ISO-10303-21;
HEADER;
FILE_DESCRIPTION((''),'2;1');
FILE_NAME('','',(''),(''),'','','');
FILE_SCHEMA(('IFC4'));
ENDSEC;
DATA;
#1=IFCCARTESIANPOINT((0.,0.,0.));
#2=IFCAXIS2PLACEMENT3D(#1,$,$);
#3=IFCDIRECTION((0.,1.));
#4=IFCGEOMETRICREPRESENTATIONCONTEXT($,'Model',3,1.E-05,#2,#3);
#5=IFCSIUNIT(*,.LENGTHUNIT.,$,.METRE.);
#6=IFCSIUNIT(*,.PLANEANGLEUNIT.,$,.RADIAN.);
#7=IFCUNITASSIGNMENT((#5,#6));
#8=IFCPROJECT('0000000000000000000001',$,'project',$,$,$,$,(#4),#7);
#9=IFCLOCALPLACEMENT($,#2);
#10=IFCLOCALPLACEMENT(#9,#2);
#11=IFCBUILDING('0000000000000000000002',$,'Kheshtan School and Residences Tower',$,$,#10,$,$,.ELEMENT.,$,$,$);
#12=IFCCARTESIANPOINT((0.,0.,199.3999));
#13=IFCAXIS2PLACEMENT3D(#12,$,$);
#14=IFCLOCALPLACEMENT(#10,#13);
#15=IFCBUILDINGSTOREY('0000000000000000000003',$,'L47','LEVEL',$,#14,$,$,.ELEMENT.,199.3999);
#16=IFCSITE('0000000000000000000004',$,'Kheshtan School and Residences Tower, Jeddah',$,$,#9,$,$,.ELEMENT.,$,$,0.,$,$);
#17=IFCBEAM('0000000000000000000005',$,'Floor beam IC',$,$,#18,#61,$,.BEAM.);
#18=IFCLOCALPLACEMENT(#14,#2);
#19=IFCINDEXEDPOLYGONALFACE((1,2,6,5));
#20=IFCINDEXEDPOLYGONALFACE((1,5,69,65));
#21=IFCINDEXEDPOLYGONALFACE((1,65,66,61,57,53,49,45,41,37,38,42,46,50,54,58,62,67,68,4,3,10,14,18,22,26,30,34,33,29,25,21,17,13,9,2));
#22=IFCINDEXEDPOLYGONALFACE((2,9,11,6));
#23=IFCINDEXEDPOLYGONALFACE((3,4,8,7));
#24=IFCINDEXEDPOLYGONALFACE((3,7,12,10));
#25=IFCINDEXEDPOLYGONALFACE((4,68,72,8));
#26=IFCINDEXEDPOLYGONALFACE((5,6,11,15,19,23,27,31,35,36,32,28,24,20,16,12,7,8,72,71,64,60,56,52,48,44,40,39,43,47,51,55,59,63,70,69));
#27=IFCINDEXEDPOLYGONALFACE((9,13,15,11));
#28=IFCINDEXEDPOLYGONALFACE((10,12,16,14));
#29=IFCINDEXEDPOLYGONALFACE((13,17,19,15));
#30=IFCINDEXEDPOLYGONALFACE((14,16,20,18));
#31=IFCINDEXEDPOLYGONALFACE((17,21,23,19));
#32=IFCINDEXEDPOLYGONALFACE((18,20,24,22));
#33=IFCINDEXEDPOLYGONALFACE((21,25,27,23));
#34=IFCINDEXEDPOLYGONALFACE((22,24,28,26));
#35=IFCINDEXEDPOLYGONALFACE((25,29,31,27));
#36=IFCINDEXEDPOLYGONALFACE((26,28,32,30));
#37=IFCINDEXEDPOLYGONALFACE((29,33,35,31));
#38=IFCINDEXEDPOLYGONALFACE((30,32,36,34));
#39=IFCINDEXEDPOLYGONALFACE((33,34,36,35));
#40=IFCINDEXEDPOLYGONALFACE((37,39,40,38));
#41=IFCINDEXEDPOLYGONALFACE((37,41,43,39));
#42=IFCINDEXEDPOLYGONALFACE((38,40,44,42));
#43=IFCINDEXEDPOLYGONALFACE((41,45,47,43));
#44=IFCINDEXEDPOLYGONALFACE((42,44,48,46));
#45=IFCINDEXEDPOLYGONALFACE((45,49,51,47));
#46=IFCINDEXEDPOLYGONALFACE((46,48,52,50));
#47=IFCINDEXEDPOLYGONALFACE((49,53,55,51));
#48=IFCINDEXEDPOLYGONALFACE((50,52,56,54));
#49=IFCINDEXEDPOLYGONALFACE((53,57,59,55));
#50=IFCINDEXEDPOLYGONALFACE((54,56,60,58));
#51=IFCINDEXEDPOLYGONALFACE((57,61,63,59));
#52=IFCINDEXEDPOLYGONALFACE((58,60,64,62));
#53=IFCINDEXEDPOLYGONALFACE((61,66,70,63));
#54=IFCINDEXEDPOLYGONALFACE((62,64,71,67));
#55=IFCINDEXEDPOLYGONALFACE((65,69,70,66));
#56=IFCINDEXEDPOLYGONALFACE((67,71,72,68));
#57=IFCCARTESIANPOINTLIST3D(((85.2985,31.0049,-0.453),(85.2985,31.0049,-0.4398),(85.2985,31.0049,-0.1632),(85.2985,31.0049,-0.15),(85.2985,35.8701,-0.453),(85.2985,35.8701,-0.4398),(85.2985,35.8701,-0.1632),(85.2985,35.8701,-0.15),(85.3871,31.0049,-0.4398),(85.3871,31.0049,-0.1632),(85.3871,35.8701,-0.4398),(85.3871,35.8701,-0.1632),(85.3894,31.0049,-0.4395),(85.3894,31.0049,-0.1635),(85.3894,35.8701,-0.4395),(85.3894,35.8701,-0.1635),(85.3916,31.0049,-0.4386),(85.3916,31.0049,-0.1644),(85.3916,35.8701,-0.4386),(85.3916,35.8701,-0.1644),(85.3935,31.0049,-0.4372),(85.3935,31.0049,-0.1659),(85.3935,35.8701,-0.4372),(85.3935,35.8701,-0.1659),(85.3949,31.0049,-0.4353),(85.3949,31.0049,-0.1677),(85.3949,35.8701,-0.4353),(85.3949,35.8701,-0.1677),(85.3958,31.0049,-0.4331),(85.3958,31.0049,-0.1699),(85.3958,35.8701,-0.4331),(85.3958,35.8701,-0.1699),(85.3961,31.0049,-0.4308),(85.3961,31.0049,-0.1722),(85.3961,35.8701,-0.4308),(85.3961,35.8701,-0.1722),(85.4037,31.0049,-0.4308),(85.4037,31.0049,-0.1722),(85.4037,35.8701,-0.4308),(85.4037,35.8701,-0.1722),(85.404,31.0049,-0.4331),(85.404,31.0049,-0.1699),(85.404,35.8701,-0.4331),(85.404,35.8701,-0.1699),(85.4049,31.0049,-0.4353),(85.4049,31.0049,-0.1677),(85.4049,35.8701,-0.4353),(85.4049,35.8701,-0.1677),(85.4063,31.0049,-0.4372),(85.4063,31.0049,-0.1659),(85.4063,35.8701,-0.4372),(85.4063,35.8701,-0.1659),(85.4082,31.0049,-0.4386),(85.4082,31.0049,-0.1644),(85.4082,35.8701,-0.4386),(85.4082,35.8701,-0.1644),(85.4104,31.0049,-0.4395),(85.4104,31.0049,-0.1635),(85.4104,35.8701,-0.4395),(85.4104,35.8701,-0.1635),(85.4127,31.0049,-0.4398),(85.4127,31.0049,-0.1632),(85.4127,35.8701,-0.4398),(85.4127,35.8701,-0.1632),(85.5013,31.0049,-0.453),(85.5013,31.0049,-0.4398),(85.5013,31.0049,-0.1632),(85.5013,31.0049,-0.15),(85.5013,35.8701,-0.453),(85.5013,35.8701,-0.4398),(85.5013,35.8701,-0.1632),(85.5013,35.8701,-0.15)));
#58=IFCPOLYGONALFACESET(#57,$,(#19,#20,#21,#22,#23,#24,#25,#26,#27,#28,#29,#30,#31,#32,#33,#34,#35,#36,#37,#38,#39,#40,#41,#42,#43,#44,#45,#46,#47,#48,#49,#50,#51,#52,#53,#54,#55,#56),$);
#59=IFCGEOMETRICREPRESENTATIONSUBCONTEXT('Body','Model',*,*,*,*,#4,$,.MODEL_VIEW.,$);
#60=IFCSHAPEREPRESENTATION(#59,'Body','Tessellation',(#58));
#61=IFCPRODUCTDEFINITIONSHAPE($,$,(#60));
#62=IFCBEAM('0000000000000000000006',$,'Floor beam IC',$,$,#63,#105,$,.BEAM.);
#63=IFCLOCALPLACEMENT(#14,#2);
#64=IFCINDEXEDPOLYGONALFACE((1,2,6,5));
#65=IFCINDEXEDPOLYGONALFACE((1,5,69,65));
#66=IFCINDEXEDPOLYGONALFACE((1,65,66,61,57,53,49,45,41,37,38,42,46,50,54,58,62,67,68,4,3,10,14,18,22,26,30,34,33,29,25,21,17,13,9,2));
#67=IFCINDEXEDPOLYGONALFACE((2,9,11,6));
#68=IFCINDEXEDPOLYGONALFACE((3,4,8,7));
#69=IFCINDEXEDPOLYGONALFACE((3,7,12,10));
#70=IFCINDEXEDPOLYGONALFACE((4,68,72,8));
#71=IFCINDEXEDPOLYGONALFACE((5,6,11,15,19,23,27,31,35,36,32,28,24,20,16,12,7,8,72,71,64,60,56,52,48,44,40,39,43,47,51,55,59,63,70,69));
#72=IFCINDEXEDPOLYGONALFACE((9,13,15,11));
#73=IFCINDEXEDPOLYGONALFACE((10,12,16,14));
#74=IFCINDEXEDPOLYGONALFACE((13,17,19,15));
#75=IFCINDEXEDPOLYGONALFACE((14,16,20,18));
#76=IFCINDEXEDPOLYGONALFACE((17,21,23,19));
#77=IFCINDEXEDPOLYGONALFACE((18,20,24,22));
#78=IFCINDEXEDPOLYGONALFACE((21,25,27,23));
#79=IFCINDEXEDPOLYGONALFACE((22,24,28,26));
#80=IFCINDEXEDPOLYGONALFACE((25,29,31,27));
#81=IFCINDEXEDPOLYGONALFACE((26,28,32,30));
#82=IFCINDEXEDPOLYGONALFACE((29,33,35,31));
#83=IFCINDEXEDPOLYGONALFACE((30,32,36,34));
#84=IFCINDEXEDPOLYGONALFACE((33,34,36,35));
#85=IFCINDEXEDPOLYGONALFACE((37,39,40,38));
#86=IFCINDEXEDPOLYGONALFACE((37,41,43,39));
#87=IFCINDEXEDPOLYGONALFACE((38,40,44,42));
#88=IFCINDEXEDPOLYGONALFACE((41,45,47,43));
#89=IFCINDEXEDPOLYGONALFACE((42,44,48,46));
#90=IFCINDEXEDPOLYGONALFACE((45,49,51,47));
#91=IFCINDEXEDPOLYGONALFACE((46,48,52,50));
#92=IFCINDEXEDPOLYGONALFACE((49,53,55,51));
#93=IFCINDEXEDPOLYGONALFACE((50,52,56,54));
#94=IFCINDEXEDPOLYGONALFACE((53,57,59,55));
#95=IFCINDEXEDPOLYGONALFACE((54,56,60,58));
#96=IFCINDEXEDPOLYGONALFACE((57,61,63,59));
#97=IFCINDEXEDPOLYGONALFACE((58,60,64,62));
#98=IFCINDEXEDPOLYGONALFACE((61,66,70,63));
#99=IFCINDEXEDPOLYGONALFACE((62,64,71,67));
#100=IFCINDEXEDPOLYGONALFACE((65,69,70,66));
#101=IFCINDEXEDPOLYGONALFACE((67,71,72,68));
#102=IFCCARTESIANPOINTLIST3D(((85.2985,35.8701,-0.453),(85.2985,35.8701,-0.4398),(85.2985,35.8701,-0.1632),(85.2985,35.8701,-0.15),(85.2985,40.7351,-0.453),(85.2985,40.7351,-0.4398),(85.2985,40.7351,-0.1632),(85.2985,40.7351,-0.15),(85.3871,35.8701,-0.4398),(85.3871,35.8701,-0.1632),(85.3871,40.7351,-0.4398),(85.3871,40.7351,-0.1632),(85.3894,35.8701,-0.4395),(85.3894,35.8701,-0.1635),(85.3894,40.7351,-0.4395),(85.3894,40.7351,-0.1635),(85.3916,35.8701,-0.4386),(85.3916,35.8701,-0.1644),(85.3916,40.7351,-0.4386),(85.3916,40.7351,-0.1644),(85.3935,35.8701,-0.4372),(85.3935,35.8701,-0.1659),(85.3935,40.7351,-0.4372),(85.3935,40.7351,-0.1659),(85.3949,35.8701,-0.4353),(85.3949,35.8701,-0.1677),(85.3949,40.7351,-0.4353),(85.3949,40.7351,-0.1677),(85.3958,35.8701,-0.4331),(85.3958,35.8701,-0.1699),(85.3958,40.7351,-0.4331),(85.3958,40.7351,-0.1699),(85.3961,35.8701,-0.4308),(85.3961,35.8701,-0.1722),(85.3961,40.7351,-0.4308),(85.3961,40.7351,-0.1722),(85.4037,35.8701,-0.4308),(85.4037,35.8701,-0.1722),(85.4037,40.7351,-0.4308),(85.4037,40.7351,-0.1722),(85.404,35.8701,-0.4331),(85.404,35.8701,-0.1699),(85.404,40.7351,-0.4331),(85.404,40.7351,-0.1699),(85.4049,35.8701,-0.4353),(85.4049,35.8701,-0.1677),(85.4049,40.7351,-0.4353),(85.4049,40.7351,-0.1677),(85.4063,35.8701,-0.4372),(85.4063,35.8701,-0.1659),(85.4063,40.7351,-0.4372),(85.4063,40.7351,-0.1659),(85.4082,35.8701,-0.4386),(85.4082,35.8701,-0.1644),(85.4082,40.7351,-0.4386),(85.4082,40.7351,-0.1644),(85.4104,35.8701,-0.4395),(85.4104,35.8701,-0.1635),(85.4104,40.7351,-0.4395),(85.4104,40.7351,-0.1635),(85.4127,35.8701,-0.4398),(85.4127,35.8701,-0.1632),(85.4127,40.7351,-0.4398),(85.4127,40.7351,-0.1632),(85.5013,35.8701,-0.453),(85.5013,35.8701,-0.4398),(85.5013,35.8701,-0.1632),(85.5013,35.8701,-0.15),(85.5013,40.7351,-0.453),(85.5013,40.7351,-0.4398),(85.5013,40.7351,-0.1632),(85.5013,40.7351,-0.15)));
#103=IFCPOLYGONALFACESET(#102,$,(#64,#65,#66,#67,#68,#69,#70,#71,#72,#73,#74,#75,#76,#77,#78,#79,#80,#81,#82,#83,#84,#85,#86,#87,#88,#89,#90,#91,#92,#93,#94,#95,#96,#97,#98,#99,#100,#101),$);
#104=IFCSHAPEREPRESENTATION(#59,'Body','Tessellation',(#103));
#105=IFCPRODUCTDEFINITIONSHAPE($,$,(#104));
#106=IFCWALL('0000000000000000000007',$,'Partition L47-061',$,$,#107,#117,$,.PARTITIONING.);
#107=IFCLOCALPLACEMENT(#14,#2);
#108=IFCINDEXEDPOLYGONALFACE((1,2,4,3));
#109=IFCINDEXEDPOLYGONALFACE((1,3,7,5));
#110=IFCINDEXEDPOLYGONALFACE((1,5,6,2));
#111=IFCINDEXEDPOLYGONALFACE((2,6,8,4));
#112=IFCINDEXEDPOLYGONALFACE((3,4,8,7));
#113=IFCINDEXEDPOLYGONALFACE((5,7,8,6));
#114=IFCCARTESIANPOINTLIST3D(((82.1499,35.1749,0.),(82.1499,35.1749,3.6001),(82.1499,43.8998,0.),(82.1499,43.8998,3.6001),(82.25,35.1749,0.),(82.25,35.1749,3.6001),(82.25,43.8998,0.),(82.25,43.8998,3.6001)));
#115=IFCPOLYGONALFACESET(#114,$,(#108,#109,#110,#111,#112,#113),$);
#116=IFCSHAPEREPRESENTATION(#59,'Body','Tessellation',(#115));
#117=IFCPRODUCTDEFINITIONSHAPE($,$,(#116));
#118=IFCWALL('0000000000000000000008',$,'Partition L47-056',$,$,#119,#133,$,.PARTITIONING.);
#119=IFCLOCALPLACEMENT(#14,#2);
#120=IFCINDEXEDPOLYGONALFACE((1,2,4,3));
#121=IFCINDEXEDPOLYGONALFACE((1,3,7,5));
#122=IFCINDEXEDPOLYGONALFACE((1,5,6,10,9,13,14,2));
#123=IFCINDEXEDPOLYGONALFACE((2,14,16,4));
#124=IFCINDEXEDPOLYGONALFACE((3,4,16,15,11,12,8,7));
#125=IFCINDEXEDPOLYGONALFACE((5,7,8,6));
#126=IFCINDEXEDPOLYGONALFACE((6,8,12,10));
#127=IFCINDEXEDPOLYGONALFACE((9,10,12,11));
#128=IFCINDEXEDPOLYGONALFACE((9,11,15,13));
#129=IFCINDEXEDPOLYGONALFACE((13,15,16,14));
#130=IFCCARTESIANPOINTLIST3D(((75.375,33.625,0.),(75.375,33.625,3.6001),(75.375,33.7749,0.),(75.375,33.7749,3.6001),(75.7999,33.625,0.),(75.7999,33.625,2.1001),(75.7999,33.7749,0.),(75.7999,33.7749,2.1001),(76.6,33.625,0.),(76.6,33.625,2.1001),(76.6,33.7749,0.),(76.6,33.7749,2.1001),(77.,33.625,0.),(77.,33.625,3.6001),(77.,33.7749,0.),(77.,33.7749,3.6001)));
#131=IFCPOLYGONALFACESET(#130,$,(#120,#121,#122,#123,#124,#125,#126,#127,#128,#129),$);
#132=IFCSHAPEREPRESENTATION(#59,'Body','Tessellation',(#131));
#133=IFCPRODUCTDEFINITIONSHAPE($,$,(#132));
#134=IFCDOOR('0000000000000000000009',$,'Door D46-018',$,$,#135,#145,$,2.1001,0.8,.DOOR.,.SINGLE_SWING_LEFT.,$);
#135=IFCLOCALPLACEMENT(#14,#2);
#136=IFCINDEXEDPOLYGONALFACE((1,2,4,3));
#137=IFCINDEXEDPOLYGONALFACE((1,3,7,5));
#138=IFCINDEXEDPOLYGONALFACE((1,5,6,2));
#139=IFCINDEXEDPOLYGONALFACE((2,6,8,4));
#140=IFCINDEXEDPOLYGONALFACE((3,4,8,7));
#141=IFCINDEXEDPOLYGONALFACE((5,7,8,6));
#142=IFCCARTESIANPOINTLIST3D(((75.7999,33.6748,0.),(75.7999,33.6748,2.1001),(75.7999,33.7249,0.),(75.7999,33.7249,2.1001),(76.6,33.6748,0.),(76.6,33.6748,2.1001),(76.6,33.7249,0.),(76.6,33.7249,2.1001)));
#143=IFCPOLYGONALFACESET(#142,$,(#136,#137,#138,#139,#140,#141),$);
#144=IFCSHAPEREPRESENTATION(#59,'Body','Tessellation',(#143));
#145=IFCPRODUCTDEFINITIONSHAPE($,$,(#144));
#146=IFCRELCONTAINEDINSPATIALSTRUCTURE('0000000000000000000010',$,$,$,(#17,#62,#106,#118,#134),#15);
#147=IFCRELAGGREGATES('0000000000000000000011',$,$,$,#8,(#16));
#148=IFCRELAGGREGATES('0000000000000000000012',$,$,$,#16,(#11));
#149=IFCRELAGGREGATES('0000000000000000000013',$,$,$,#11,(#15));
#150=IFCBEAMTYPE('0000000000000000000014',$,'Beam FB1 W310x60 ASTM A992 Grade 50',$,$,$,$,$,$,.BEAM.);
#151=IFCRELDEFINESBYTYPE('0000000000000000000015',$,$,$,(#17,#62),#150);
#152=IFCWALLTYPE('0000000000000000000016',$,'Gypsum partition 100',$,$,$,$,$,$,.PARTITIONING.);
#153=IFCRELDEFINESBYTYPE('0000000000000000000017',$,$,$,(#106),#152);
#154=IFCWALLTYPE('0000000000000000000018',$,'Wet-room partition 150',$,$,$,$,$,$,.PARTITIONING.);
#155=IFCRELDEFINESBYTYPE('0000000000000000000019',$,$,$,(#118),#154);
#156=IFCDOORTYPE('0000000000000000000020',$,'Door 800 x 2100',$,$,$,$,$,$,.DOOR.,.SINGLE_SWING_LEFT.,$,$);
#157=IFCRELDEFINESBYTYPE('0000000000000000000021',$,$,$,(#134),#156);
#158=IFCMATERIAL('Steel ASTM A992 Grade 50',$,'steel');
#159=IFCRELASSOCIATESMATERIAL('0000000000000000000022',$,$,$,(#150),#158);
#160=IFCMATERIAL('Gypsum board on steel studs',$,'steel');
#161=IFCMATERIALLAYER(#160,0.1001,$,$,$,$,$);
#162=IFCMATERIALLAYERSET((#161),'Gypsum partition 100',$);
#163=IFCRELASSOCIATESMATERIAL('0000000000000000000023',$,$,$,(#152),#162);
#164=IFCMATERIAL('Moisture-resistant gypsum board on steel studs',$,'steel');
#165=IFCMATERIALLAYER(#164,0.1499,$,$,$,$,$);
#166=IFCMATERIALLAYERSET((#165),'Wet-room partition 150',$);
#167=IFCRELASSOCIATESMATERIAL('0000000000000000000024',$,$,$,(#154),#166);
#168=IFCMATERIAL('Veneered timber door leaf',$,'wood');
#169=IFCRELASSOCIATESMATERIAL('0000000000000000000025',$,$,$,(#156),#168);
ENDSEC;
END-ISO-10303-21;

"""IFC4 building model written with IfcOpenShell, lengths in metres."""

from ifc_helpers import new_model, si_unit, direction, frame, frame_2d, origin, origin_2d, place, context, subcontext, project, spatial, rectangle, i_section, extrude, source, transform, mapped, material, layer, layer_set, material_profile, profile_set, type_object, element, fill, save


model = new_model("IFC4")

# Units and contexts
model_context = context("Model", 3, precision=1e-05, world=origin(), true_north=direction((0.0, 1.0)))
body_context = subcontext(model_context, "Body", "Model", "MODEL_VIEW")
ifc_project = project(units=[si_unit("LENGTHUNIT", "METRE"), si_unit("PLANEANGLEUNIT", "RADIAN")], contexts=[model_context])

# Site, building, storey
site_placement = place(None, origin())
site = spatial("IfcSite", under=ifc_project, at=site_placement, Name="Kheshtan School and Residences Tower, Jeddah", CompositionType="ELEMENT", RefElevation=0.0)
building_placement = place(site_placement, origin())
building = spatial("IfcBuilding", under=site, at=building_placement, Name="Kheshtan School and Residences Tower", CompositionType="ELEMENT")
storey_placement = place(building_placement, frame((0.0, 0.0, 199.3999)))
storey = spatial("IfcBuildingStorey", under=building, at=storey_placement, Name="L47", Description="LEVEL", CompositionType="ELEMENT", Elevation=199.3999)

# Beams
ifc_material_1 = material(Name="Steel ASTM A992 Grade 50", Category="steel")
ifc_material_profile_1 = material_profile(ifc_material_1, i_section(OverallWidth=0.2029, OverallDepth=0.303, WebThickness=0.0076, FlangeThickness=0.0132, FilletRadius=0.009, at=origin_2d()), Name="W310x60")
ifc_profile_set_1 = profile_set([ifc_material_profile_1], Name="Steel ASTM A992 Grade 50")
beam_type = type_object("IfcBeamType", Name="Beam FB1 W310x60 ASTM A992 Grade 50", PredefinedType="BEAM", material=ifc_profile_set_1)
beam_1_placement = place(storey_placement, frame((85.3999, 31.0049, -0.3015), z_axis=(0.0, 1.0, 0.0), x_axis=(-1.0, 0.0, 0.0)))
element("IfcBeam", 1, at=beam_1_placement, inside=storey, type_object=beam_type, Name="Floor beam IC", PredefinedType="BEAM", context=body_context, shape_type="SweptSolid", body=[
    extrude(i_section(OverallWidth=0.2029, OverallDepth=0.303, WebThickness=0.0076, FlangeThickness=0.0132, FilletRadius=0.009, at=origin_2d()), origin(), (0.0, 0.0, 1.0), 4.8652),
])
beam_2_placement = place(storey_placement, frame((85.3999, 40.7351, -0.3015), z_axis=(0.0, -1.0, 0.0), x_axis=(1.0, 0.0, 0.0)))
element("IfcBeam", 2, at=beam_2_placement, inside=storey, type_object=beam_type, Name="Floor beam IC", PredefinedType="BEAM", context=body_context, shape_type="SweptSolid", body=[
    extrude(i_section(OverallWidth=0.2029, OverallDepth=0.303, WebThickness=0.0076, FlangeThickness=0.0132, FilletRadius=0.009, at=origin_2d()), origin(), (0.0, 0.0, 1.0), 4.865),
])

# Wall
ifc_material_2 = material(Name="Gypsum board on steel studs", Category="steel")
ifc_layer_1 = layer(ifc_material_2, 0.1001)
ifc_layer_set_1 = layer_set([ifc_layer_1], Name="Gypsum partition 100")
wall_type_1 = type_object("IfcWallType", Name="Gypsum partition 100", PredefinedType="PARTITIONING", material=ifc_layer_set_1)
wall_1_placement = place(storey_placement, frame((82.2, 35.175, 0.0), z_axis=(0.0, 0.0, 1.0), x_axis=(0.0, 1.0, 0.0)))
element("IfcWall", 3, at=wall_1_placement, inside=storey, type_object=wall_type_1, Name="Partition L47-061", PredefinedType="PARTITIONING", context=body_context, shape_type="SweptSolid", body=[
    extrude(rectangle(XDim=8.7249, YDim=0.1001, at=frame_2d((4.3623, 0.0))), origin(), (0.0, 0.0, 1.0), 3.6001),
])

# Wall, opening, door
ifc_material_3 = material(Name="Moisture-resistant gypsum board on steel studs", Category="steel")
ifc_layer_2 = layer(ifc_material_3, 0.1499)
ifc_layer_set_2 = layer_set([ifc_layer_2], Name="Wet-room partition 150")
wall_type_2 = type_object("IfcWallType", Name="Wet-room partition 150", PredefinedType="PARTITIONING", material=ifc_layer_set_2)
wall_2_placement = place(storey_placement, frame((75.375, 33.7, 0.0), z_axis=(0.0, 0.0, 1.0), x_axis=(1.0, 0.0, 0.0)))
wall_2 = element("IfcWall", 4, at=wall_2_placement, inside=storey, type_object=wall_type_2, Name="Partition L47-056", PredefinedType="PARTITIONING", context=body_context, shape_type="SweptSolid", body=[
    extrude(rectangle(XDim=1.625, YDim=0.1499, at=frame_2d((0.8125, 0.0))), origin(), (0.0, 0.0, 1.0), 3.6001),
])
opening_1_placement = place(wall_2_placement, frame((0.425, 0.0, 0.0)))
opening_1 = element("IfcOpeningElement", 5, at=opening_1_placement, cuts=wall_2, PredefinedType="OPENING", context=body_context, shape_type="SweptSolid", body=[
    extrude(rectangle(XDim=0.8, YDim=2.1001, at=frame_2d((0.3999, 1.05))), frame((0.0, 0.085, 0.0), z_axis=(0.0, -1.0, 0.0), x_axis=(1.0, 0.0, 0.0)), (0.0, 0.0, 1.0), 0.1699),
])
ifc_material_4 = material(Name="Veneered timber door leaf", Category="wood")
door_type_1 = type_object("IfcDoorType", Name="Door 800 x 2100", OperationType="SINGLE_SWING_LEFT", PredefinedType="DOOR", material=ifc_material_4)
shared_shape_1 = source(origin(), body_context, "Body", "SweptSolid", [
    extrude(rectangle(XDim=0.8, YDim=2.1001, at=frame_2d((0.3999, 1.05))), frame((0.0, 0.0249, 0.0), z_axis=(0.0, -1.0, 0.0), x_axis=(1.0, 0.0, 0.0)), (0.0, 0.0, 1.0), 0.05),
])
door_1_placement = place(opening_1_placement, origin())
door_1 = element("IfcDoor", 6, at=door_1_placement, inside=storey, type_object=door_type_1, Name="Door D46-018", OperationType="SINGLE_SWING_LEFT", OverallHeight=2.1001, OverallWidth=0.8, PredefinedType="DOOR", context=body_context, shape_type="MappedRepresentation", body=[
    mapped(shared_shape_1, transform((0.0, 0.0, 0.0), x_axis=(1.0, 0.0, 0.0), y_axis=(0.0, 1.0, 0.0), z_axis=(0.0, 0.0, 1.0), scale=1.0)),
])
fill(opening_1, door_1)

save(model, "model.ifc")
